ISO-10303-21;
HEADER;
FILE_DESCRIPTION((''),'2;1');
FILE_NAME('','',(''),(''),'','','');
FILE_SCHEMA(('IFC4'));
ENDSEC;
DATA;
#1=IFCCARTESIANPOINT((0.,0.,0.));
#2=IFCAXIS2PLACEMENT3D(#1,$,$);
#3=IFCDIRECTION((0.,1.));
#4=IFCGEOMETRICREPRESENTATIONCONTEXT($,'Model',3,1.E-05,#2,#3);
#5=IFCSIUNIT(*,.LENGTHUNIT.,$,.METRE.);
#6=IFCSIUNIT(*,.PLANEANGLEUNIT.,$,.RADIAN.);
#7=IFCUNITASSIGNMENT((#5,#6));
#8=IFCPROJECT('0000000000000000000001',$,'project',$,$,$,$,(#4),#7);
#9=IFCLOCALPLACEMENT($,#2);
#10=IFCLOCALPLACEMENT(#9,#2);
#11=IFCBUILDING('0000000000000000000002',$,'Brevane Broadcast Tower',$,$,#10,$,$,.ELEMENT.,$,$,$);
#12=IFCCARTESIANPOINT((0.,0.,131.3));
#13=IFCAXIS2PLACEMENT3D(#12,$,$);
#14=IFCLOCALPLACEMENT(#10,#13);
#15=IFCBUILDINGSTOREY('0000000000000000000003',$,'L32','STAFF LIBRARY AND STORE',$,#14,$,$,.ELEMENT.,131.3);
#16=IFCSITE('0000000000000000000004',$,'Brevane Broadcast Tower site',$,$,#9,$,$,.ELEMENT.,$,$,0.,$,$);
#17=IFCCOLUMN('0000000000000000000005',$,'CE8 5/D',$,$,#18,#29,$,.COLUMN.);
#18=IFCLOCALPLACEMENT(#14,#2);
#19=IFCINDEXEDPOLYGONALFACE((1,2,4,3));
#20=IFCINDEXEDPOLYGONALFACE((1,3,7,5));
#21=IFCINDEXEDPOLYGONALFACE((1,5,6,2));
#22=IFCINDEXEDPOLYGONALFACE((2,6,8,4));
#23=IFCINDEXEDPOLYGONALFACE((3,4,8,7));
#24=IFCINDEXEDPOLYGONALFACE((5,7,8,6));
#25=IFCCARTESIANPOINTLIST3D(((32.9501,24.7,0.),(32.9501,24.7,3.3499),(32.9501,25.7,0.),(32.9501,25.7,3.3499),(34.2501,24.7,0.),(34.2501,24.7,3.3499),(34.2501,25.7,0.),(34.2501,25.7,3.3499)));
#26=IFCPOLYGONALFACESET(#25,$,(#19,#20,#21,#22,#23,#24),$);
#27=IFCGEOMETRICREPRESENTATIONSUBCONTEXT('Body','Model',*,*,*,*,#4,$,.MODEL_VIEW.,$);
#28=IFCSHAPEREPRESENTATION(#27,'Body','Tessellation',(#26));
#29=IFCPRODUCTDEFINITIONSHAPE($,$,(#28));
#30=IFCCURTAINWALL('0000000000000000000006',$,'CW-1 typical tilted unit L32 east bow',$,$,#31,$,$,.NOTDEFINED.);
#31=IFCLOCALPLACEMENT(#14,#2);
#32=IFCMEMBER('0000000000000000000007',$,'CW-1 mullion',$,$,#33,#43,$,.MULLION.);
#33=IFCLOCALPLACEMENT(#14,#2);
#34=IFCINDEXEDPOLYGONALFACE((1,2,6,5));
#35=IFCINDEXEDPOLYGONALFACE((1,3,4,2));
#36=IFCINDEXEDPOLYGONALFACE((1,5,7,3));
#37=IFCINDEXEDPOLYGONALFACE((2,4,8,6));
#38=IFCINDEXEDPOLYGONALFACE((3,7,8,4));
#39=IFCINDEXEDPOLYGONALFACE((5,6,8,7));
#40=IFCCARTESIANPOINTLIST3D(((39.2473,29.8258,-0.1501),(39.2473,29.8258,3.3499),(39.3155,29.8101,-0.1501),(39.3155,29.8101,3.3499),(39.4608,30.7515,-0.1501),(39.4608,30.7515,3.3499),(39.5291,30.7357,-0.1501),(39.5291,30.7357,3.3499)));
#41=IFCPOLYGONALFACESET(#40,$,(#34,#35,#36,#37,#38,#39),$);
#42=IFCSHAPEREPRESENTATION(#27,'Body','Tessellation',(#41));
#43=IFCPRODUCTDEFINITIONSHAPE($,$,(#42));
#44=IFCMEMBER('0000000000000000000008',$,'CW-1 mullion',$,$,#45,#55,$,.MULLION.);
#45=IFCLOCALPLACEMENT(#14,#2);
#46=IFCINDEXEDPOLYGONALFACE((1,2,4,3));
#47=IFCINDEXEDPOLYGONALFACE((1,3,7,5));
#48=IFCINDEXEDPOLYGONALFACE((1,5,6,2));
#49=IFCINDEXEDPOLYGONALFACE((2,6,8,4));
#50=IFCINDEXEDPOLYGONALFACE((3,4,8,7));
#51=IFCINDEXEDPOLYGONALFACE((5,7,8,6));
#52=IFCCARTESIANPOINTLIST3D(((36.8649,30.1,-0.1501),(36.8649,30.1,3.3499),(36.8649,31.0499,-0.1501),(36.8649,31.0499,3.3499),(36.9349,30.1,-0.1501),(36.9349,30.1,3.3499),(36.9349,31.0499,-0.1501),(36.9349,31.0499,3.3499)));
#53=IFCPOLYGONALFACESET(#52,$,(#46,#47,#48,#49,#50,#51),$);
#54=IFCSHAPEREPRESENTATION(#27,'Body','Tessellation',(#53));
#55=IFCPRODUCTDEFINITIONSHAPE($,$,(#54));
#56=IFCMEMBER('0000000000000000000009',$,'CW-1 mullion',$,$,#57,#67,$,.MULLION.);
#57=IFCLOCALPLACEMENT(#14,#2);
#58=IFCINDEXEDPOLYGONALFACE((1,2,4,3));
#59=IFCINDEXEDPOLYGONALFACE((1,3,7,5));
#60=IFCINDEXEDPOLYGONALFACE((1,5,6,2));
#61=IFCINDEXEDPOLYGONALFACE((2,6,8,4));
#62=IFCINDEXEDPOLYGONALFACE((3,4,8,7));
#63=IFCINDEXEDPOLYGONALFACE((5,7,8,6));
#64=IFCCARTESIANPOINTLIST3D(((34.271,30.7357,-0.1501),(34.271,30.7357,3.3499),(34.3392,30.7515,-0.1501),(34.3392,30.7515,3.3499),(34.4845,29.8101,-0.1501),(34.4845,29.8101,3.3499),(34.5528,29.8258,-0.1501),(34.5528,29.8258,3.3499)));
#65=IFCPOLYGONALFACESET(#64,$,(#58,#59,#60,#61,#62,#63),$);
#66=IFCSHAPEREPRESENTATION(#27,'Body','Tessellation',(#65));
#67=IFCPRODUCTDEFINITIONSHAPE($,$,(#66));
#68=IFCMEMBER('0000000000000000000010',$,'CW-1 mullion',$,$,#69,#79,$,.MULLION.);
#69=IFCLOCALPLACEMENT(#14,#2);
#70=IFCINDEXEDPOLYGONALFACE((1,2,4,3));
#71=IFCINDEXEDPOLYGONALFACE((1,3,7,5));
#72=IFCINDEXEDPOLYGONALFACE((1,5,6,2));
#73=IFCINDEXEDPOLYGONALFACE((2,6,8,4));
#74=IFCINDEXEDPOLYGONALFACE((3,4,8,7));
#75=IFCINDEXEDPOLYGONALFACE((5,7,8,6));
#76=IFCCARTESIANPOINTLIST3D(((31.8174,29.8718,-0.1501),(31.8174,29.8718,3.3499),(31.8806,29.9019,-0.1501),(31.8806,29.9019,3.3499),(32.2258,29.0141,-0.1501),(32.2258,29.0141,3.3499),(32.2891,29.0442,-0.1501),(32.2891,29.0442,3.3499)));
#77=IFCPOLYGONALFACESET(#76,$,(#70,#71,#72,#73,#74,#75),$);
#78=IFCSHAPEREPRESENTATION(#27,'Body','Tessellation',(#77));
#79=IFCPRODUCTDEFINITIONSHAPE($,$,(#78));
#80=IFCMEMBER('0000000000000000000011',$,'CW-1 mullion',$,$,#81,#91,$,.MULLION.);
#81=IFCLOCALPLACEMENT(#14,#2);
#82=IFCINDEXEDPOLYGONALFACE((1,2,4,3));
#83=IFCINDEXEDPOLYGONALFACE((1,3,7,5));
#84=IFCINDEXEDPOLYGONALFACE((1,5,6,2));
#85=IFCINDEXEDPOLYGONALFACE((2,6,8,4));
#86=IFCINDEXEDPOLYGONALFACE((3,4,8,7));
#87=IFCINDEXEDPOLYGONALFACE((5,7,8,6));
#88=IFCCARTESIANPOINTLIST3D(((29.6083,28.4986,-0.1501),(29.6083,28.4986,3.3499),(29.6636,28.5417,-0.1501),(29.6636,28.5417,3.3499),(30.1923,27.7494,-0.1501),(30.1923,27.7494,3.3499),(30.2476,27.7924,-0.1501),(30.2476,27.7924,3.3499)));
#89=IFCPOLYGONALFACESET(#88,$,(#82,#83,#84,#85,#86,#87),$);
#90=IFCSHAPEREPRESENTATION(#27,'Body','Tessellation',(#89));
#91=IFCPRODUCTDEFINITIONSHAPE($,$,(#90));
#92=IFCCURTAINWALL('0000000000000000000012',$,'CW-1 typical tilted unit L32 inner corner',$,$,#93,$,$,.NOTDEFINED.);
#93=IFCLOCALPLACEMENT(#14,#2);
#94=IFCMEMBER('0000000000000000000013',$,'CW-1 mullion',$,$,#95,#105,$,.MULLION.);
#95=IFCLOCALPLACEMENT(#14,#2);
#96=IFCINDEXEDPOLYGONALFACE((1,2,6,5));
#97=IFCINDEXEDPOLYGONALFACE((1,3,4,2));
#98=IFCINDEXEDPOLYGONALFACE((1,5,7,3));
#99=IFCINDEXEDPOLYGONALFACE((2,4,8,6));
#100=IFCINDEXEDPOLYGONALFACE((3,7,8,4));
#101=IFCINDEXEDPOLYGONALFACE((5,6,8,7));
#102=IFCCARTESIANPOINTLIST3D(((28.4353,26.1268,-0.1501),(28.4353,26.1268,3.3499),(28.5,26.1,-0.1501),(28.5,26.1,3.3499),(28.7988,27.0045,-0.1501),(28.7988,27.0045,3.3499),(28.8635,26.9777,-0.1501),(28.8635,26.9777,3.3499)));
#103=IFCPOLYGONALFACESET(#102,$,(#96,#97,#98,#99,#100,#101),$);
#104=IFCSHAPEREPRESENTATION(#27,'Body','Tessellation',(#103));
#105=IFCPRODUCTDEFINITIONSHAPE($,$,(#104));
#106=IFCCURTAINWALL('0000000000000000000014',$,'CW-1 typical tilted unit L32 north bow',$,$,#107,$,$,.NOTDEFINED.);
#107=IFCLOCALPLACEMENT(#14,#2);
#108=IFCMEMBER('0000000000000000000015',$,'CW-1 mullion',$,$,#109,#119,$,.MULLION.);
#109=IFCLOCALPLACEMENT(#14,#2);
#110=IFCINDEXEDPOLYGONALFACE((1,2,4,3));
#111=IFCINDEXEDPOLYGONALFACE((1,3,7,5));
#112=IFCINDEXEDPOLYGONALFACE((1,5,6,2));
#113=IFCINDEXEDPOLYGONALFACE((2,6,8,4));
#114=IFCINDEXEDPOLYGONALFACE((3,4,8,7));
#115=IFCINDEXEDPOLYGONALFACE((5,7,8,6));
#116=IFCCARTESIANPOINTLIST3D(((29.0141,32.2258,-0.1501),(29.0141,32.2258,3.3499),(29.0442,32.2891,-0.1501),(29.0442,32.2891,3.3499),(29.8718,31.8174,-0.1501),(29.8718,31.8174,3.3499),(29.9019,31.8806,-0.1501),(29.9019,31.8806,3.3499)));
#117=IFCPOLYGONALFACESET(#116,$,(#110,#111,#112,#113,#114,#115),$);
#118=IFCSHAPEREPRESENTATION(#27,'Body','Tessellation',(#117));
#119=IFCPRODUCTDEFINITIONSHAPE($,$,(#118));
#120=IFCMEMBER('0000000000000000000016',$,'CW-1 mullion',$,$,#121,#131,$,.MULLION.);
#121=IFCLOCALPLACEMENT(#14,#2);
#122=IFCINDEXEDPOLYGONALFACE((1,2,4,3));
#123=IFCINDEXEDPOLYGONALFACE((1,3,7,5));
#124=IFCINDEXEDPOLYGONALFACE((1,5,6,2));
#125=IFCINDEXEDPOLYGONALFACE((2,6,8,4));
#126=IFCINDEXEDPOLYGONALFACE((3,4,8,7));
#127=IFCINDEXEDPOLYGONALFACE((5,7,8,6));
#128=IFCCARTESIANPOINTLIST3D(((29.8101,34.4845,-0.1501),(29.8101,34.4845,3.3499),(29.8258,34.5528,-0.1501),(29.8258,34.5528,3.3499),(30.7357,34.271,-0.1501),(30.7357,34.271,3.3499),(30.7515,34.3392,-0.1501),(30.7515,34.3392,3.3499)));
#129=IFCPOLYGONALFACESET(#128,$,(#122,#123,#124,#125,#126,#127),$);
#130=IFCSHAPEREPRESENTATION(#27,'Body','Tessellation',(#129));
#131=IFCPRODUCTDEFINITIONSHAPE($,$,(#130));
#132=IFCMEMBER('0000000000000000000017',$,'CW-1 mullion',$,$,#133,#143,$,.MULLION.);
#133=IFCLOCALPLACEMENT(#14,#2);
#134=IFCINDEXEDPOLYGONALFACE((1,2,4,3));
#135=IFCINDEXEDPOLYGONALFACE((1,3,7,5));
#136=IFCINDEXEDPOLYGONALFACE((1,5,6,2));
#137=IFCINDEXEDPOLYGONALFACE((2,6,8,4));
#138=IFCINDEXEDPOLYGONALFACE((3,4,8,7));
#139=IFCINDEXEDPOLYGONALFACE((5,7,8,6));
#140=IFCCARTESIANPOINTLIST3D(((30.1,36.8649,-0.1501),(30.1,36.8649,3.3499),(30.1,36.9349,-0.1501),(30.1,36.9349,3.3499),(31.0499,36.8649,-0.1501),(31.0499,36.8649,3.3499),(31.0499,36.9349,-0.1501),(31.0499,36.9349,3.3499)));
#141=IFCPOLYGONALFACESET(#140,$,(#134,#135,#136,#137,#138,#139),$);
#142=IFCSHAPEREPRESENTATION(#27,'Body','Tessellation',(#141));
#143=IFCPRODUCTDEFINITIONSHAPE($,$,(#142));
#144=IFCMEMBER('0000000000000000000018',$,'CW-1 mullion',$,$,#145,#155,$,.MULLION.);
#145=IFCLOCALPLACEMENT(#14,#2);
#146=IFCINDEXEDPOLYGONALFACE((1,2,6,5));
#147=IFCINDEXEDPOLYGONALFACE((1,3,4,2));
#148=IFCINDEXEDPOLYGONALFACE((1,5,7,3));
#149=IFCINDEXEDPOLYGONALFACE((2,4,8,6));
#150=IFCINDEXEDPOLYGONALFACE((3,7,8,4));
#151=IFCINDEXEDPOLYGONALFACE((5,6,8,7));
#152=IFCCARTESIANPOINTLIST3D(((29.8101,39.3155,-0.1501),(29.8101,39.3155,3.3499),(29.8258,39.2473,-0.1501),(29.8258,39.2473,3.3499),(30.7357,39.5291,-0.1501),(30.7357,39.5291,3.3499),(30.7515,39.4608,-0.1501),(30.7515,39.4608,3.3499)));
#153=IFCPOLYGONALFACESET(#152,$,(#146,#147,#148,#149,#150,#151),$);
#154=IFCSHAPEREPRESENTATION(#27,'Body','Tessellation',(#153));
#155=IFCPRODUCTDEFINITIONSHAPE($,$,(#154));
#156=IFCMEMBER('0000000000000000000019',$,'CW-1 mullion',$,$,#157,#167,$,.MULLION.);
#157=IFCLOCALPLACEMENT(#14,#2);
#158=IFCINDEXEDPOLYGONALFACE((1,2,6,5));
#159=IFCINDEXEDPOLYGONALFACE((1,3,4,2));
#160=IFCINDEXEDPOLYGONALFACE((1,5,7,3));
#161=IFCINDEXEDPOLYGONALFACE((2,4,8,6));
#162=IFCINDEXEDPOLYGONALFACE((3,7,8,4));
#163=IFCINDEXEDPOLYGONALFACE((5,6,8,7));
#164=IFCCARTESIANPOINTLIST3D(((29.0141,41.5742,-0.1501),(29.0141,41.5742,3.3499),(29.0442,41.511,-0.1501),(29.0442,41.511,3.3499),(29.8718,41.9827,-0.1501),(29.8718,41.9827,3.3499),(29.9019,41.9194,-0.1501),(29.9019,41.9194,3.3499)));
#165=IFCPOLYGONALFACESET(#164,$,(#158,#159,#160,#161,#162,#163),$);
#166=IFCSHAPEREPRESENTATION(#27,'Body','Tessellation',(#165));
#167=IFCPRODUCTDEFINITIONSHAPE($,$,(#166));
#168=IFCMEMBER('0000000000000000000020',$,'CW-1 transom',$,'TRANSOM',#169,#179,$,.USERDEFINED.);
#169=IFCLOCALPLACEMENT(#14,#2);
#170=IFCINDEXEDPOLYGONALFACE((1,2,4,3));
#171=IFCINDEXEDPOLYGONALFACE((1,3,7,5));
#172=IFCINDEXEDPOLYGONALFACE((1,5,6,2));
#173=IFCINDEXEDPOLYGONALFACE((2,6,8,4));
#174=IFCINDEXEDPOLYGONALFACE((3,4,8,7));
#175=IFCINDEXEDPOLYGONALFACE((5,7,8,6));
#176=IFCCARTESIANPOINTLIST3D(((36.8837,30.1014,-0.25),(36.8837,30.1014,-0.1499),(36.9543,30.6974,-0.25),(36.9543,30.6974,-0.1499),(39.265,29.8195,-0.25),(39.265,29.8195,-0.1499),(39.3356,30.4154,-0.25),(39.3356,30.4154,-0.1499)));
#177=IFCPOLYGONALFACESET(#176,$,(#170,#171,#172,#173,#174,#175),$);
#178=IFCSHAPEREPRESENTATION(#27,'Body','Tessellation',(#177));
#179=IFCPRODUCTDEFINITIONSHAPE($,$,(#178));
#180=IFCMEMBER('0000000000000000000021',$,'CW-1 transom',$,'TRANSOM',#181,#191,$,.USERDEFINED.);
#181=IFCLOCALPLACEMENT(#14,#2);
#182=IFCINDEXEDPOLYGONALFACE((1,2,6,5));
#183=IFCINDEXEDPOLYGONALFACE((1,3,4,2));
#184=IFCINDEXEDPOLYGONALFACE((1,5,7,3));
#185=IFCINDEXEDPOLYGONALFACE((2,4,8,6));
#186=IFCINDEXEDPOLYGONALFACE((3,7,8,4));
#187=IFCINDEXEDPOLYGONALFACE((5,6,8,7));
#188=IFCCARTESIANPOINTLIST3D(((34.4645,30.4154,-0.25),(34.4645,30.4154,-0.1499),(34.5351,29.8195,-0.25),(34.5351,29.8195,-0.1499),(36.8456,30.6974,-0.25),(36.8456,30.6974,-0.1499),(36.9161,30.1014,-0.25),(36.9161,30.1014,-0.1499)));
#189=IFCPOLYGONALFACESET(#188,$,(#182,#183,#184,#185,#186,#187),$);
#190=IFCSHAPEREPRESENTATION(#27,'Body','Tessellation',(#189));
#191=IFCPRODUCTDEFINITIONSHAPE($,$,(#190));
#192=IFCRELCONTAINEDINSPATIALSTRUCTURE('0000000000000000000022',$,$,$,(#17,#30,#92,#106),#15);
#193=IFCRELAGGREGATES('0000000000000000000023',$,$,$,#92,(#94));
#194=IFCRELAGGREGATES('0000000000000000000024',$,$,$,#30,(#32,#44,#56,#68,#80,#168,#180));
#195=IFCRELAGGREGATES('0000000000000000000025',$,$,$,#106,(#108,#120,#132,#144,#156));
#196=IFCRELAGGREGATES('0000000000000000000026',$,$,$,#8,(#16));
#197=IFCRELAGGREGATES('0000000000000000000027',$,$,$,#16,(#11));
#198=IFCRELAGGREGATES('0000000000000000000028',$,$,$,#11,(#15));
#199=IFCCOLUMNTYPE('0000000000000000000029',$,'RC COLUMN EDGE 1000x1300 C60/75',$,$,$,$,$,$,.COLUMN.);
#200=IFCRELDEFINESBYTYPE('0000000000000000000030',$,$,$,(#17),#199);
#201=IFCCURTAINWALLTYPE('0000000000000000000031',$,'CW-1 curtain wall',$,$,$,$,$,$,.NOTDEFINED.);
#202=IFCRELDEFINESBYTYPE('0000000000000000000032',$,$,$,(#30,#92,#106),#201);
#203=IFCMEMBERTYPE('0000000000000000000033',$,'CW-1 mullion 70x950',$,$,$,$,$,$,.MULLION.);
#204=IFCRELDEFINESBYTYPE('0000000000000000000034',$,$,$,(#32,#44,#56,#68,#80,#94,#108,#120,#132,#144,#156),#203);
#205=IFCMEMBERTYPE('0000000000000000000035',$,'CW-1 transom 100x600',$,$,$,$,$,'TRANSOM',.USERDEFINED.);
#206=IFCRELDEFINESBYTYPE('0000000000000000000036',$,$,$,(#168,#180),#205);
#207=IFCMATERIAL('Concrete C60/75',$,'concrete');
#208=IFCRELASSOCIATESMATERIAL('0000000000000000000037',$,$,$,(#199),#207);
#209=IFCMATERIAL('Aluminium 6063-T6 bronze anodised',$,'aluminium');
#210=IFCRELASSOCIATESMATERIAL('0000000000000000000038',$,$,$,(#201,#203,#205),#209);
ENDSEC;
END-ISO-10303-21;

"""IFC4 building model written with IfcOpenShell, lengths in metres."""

from ifc_helpers import new_model, si_unit, direction, frame, origin, origin_2d, place, context, subcontext, project, spatial, rectangle, extrude, material, material_profile, profile_set, type_object, element, aggregate, save


model = new_model("IFC4")

# Units and contexts
model_context = context("Model", 3, precision=1e-05, world=origin(), true_north=direction((0.0, 1.0)))
body_context = subcontext(model_context, "Body", "Model", "MODEL_VIEW")
ifc_project = project(units=[si_unit("LENGTHUNIT", "METRE"), si_unit("PLANEANGLEUNIT", "RADIAN")], contexts=[model_context])

# Site, building, storey
site_placement = place(None, origin())
site = spatial("IfcSite", under=ifc_project, at=site_placement, Name="Brevane Broadcast Tower site", CompositionType="ELEMENT", RefElevation=0.0)
building_placement = place(site_placement, origin())
building = spatial("IfcBuilding", under=site, at=building_placement, Name="Brevane Broadcast Tower", CompositionType="ELEMENT")
storey_placement = place(building_placement, frame((0.0, 0.0, 131.3)))
storey = spatial("IfcBuildingStorey", under=building, at=storey_placement, Name="L32", Description="STAFF LIBRARY AND STORE", CompositionType="ELEMENT", Elevation=131.3)

# Column
ifc_material_1 = material(Name="Concrete C60/75", Category="concrete")
ifc_material_profile_1 = material_profile(ifc_material_1, rectangle(XDim=1.0, YDim=1.3, at=origin_2d()), Name="RC 1000x1300")
ifc_profile_set_1 = profile_set([ifc_material_profile_1], Name="Concrete C60/75")
column_type = type_object("IfcColumnType", Name="RC COLUMN EDGE 1000x1300 C60/75", PredefinedType="COLUMN", material=ifc_profile_set_1)
column_placement = place(storey_placement, frame((33.6001, 25.2, 0.0), z_axis=(0.0, 0.0, 1.0), x_axis=(0.0, 1.0, 0.0)))
element("IfcColumn", 1, at=column_placement, inside=storey, type_object=column_type, Name="CE8 5/D", PredefinedType="COLUMN", context=body_context, shape_type="SweptSolid", body=[
    extrude(rectangle(XDim=1.0, YDim=1.3, at=origin_2d()), origin(), (0.0, 0.0, 1.0), 3.3499),
])

# Curtain wall, members
ifc_material_2 = material(Name="Aluminium 6063-T6 bronze anodised", Category="aluminium")
curtain_wall_type = type_object("IfcCurtainWallType", Name="CW-1 curtain wall", PredefinedType="NOTDEFINED", material=ifc_material_2)
curtain_wall_1_placement = place(storey_placement, origin())
curtain_wall_1 = element("IfcCurtainWall", 2, at=curtain_wall_1_placement, inside=storey, type_object=curtain_wall_type, Name="CW-1 typical tilted unit L32 east bow", PredefinedType="NOTDEFINED")
ifc_material_profile_2 = material_profile(ifc_material_2, rectangle(XDim=0.95, YDim=0.0701, at=origin_2d()), Name="RECT 70x950")
ifc_profile_set_2 = profile_set([ifc_material_profile_2], Name="Aluminium 6063-T6 bronze anodised")
member_type_1 = type_object("IfcMemberType", Name="CW-1 mullion 70x950", PredefinedType="MULLION", material=ifc_profile_set_2)
member_1_placement = place(storey_placement, frame((39.3882, 30.2808, -0.1501), z_axis=(0.0, 0.0, 1.0), x_axis=(-0.224806, -0.974403, 0.0)))
member_1 = element("IfcMember", 3, at=member_1_placement, type_object=member_type_1, Name="CW-1 mullion", PredefinedType="MULLION", context=body_context, shape_type="SweptSolid", body=[
    extrude(rectangle(XDim=0.95, YDim=0.0701, at=origin_2d()), origin(), (0.0, 0.0, 1.0), 3.5),
])
member_2_placement = place(storey_placement, frame((36.8999, 30.575, -0.1501), z_axis=(0.0, 0.0, 1.0), x_axis=(0.0, -1.0, 0.0)))
member_2 = element("IfcMember", 4, at=member_2_placement, type_object=member_type_1, Name="CW-1 mullion", PredefinedType="MULLION", context=body_context, shape_type="SweptSolid", body=[
    extrude(rectangle(XDim=0.95, YDim=0.0701, at=origin_2d()), origin(), (0.0, 0.0, 1.0), 3.5),
])
member_3_placement = place(storey_placement, frame((34.4119, 30.2808, -0.1501), z_axis=(0.0, 0.0, 1.0), x_axis=(0.224806, -0.974403, 0.0)))
member_3 = element("IfcMember", 5, at=member_3_placement, type_object=member_type_1, Name="CW-1 mullion", PredefinedType="MULLION", context=body_context, shape_type="SweptSolid", body=[
    extrude(rectangle(XDim=0.95, YDim=0.0701, at=origin_2d()), origin(), (0.0, 0.0, 1.0), 3.5),
])
member_4_placement = place(storey_placement, frame((32.0532, 29.458, -0.1501), z_axis=(0.0, 0.0, 1.0), x_axis=(0.429934, -0.902861, 0.0)))
member_4 = element("IfcMember", 6, at=member_4_placement, type_object=member_type_1, Name="CW-1 mullion", PredefinedType="MULLION", context=body_context, shape_type="SweptSolid", body=[
    extrude(rectangle(XDim=0.95, YDim=0.0701, at=origin_2d()), origin(), (0.0, 0.0, 1.0), 3.5),
])
member_5_placement = place(storey_placement, frame((29.928, 28.1455, -0.1501), z_axis=(0.0, 0.0, 1.0), x_axis=(0.61477, -0.788707, 0.0)))
member_5 = element("IfcMember", 7, at=member_5_placement, type_object=member_type_1, Name="CW-1 mullion", PredefinedType="MULLION", context=body_context, shape_type="SweptSolid", body=[
    extrude(rectangle(XDim=0.95, YDim=0.0701, at=origin_2d()), origin(), (0.0, 0.0, 1.0), 3.5),
])

# Curtain wall, member
curtain_wall_2_placement = place(storey_placement, origin())
curtain_wall_2 = element("IfcCurtainWall", 8, at=curtain_wall_2_placement, inside=storey, type_object=curtain_wall_type, Name="CW-1 typical tilted unit L32 inner corner", PredefinedType="NOTDEFINED")
member_6_placement = place(storey_placement, frame((28.6494, 26.5522, -0.1501), z_axis=(0.0, 0.0, 1.0), x_axis=(-0.382684, -0.923879, 0.0)))
member_6 = element("IfcMember", 9, at=member_6_placement, type_object=member_type_1, Name="CW-1 mullion", PredefinedType="MULLION", context=body_context, shape_type="SweptSolid", body=[
    extrude(rectangle(XDim=0.95, YDim=0.0701, at=origin_2d()), origin(), (0.0, 0.0, 1.0), 3.5),
])
aggregate(curtain_wall_2, [member_6])

# Curtain wall, members
curtain_wall_3_placement = place(storey_placement, origin())
curtain_wall_3 = element("IfcCurtainWall", 10, at=curtain_wall_3_placement, inside=storey, type_object=curtain_wall_type, Name="CW-1 typical tilted unit L32 north bow", PredefinedType="NOTDEFINED")
member_7_placement = place(storey_placement, frame((29.458, 32.0532, -0.1501), z_axis=(0.0, 0.0, 1.0), x_axis=(-0.902861, 0.429934, 0.0)))
member_7 = element("IfcMember", 11, at=member_7_placement, type_object=member_type_1, Name="CW-1 mullion", PredefinedType="MULLION", context=body_context, shape_type="SweptSolid", body=[
    extrude(rectangle(XDim=0.95, YDim=0.0701, at=origin_2d()), origin(), (0.0, 0.0, 1.0), 3.5),
])
member_8_placement = place(storey_placement, frame((30.2808, 34.4119, -0.1501), z_axis=(0.0, 0.0, 1.0), x_axis=(-0.974403, 0.224806, 0.0)))
member_8 = element("IfcMember", 12, at=member_8_placement, type_object=member_type_1, Name="CW-1 mullion", PredefinedType="MULLION", context=body_context, shape_type="SweptSolid", body=[
    extrude(rectangle(XDim=0.95, YDim=0.0701, at=origin_2d()), origin(), (0.0, 0.0, 1.0), 3.5),
])
member_9_placement = place(storey_placement, frame((30.575, 36.8999, -0.1501), z_axis=(0.0, 0.0, 1.0), x_axis=(-1.0, 0.0, 0.0)))
member_9 = element("IfcMember", 13, at=member_9_placement, type_object=member_type_1, Name="CW-1 mullion", PredefinedType="MULLION", context=body_context, shape_type="SweptSolid", body=[
    extrude(rectangle(XDim=0.95, YDim=0.0701, at=origin_2d()), origin(), (0.0, 0.0, 1.0), 3.5),
])
member_10_placement = place(storey_placement, frame((30.2808, 39.3882, -0.1501), z_axis=(0.0, 0.0, 1.0), x_axis=(-0.974403, -0.224806, 0.0)))
member_10 = element("IfcMember", 14, at=member_10_placement, type_object=member_type_1, Name="CW-1 mullion", PredefinedType="MULLION", context=body_context, shape_type="SweptSolid", body=[
    extrude(rectangle(XDim=0.95, YDim=0.0701, at=origin_2d()), origin(), (0.0, 0.0, 1.0), 3.5),
])
member_11_placement = place(storey_placement, frame((29.458, 41.7468, -0.1501), z_axis=(0.0, 0.0, 1.0), x_axis=(-0.902861, -0.429934, 0.0)))
member_11 = element("IfcMember", 15, at=member_11_placement, type_object=member_type_1, Name="CW-1 mullion", PredefinedType="MULLION", context=body_context, shape_type="SweptSolid", body=[
    extrude(rectangle(XDim=0.95, YDim=0.0701, at=origin_2d()), origin(), (0.0, 0.0, 1.0), 3.5),
])

# Members
ifc_material_profile_3 = material_profile(ifc_material_2, rectangle(XDim=0.6001, YDim=0.1001, at=origin_2d()), Name="RECT 100x600")
ifc_profile_set_3 = profile_set([ifc_material_profile_3], Name="Aluminium 6063-T6 bronze anodised")
member_type_2 = type_object("IfcMemberType", Name="CW-1 transom 100x600", ElementType="TRANSOM", PredefinedType="USERDEFINED", material=ifc_profile_set_3)
member_12_placement = place(storey_placement, frame((39.3003, 30.1174, -0.2), z_axis=(-0.993062, 0.117591, 0.0), x_axis=(-0.117591, -0.993062, 0.0)))
member_12 = element("IfcMember", 16, at=member_12_placement, type_object=member_type_2, Name="CW-1 transom", ObjectType="TRANSOM", PredefinedType="USERDEFINED", context=body_context, shape_type="SweptSolid", body=[
    extrude(rectangle(XDim=0.6001, YDim=0.1001, at=origin_2d()), origin(), (0.0, 0.0, 1.0), 2.3979),
])
member_13_placement = place(storey_placement, frame((36.8809, 30.3994, -0.2), z_axis=(-0.993061, -0.117603, 0.0), x_axis=(0.117603, -0.993061, 0.0)))
member_13 = element("IfcMember", 17, at=member_13_placement, type_object=member_type_2, Name="CW-1 transom", ObjectType="TRANSOM", PredefinedType="USERDEFINED", context=body_context, shape_type="SweptSolid", body=[
    extrude(rectangle(XDim=0.6001, YDim=0.1001, at=origin_2d()), origin(), (0.0, 0.0, 1.0), 2.3977),
])
aggregate(curtain_wall_1, [member_1, member_2, member_3, member_4, member_5, member_12, member_13])
aggregate(curtain_wall_3, [member_7, member_8, member_9, member_10, member_11])

save(model, "model.ifc")
